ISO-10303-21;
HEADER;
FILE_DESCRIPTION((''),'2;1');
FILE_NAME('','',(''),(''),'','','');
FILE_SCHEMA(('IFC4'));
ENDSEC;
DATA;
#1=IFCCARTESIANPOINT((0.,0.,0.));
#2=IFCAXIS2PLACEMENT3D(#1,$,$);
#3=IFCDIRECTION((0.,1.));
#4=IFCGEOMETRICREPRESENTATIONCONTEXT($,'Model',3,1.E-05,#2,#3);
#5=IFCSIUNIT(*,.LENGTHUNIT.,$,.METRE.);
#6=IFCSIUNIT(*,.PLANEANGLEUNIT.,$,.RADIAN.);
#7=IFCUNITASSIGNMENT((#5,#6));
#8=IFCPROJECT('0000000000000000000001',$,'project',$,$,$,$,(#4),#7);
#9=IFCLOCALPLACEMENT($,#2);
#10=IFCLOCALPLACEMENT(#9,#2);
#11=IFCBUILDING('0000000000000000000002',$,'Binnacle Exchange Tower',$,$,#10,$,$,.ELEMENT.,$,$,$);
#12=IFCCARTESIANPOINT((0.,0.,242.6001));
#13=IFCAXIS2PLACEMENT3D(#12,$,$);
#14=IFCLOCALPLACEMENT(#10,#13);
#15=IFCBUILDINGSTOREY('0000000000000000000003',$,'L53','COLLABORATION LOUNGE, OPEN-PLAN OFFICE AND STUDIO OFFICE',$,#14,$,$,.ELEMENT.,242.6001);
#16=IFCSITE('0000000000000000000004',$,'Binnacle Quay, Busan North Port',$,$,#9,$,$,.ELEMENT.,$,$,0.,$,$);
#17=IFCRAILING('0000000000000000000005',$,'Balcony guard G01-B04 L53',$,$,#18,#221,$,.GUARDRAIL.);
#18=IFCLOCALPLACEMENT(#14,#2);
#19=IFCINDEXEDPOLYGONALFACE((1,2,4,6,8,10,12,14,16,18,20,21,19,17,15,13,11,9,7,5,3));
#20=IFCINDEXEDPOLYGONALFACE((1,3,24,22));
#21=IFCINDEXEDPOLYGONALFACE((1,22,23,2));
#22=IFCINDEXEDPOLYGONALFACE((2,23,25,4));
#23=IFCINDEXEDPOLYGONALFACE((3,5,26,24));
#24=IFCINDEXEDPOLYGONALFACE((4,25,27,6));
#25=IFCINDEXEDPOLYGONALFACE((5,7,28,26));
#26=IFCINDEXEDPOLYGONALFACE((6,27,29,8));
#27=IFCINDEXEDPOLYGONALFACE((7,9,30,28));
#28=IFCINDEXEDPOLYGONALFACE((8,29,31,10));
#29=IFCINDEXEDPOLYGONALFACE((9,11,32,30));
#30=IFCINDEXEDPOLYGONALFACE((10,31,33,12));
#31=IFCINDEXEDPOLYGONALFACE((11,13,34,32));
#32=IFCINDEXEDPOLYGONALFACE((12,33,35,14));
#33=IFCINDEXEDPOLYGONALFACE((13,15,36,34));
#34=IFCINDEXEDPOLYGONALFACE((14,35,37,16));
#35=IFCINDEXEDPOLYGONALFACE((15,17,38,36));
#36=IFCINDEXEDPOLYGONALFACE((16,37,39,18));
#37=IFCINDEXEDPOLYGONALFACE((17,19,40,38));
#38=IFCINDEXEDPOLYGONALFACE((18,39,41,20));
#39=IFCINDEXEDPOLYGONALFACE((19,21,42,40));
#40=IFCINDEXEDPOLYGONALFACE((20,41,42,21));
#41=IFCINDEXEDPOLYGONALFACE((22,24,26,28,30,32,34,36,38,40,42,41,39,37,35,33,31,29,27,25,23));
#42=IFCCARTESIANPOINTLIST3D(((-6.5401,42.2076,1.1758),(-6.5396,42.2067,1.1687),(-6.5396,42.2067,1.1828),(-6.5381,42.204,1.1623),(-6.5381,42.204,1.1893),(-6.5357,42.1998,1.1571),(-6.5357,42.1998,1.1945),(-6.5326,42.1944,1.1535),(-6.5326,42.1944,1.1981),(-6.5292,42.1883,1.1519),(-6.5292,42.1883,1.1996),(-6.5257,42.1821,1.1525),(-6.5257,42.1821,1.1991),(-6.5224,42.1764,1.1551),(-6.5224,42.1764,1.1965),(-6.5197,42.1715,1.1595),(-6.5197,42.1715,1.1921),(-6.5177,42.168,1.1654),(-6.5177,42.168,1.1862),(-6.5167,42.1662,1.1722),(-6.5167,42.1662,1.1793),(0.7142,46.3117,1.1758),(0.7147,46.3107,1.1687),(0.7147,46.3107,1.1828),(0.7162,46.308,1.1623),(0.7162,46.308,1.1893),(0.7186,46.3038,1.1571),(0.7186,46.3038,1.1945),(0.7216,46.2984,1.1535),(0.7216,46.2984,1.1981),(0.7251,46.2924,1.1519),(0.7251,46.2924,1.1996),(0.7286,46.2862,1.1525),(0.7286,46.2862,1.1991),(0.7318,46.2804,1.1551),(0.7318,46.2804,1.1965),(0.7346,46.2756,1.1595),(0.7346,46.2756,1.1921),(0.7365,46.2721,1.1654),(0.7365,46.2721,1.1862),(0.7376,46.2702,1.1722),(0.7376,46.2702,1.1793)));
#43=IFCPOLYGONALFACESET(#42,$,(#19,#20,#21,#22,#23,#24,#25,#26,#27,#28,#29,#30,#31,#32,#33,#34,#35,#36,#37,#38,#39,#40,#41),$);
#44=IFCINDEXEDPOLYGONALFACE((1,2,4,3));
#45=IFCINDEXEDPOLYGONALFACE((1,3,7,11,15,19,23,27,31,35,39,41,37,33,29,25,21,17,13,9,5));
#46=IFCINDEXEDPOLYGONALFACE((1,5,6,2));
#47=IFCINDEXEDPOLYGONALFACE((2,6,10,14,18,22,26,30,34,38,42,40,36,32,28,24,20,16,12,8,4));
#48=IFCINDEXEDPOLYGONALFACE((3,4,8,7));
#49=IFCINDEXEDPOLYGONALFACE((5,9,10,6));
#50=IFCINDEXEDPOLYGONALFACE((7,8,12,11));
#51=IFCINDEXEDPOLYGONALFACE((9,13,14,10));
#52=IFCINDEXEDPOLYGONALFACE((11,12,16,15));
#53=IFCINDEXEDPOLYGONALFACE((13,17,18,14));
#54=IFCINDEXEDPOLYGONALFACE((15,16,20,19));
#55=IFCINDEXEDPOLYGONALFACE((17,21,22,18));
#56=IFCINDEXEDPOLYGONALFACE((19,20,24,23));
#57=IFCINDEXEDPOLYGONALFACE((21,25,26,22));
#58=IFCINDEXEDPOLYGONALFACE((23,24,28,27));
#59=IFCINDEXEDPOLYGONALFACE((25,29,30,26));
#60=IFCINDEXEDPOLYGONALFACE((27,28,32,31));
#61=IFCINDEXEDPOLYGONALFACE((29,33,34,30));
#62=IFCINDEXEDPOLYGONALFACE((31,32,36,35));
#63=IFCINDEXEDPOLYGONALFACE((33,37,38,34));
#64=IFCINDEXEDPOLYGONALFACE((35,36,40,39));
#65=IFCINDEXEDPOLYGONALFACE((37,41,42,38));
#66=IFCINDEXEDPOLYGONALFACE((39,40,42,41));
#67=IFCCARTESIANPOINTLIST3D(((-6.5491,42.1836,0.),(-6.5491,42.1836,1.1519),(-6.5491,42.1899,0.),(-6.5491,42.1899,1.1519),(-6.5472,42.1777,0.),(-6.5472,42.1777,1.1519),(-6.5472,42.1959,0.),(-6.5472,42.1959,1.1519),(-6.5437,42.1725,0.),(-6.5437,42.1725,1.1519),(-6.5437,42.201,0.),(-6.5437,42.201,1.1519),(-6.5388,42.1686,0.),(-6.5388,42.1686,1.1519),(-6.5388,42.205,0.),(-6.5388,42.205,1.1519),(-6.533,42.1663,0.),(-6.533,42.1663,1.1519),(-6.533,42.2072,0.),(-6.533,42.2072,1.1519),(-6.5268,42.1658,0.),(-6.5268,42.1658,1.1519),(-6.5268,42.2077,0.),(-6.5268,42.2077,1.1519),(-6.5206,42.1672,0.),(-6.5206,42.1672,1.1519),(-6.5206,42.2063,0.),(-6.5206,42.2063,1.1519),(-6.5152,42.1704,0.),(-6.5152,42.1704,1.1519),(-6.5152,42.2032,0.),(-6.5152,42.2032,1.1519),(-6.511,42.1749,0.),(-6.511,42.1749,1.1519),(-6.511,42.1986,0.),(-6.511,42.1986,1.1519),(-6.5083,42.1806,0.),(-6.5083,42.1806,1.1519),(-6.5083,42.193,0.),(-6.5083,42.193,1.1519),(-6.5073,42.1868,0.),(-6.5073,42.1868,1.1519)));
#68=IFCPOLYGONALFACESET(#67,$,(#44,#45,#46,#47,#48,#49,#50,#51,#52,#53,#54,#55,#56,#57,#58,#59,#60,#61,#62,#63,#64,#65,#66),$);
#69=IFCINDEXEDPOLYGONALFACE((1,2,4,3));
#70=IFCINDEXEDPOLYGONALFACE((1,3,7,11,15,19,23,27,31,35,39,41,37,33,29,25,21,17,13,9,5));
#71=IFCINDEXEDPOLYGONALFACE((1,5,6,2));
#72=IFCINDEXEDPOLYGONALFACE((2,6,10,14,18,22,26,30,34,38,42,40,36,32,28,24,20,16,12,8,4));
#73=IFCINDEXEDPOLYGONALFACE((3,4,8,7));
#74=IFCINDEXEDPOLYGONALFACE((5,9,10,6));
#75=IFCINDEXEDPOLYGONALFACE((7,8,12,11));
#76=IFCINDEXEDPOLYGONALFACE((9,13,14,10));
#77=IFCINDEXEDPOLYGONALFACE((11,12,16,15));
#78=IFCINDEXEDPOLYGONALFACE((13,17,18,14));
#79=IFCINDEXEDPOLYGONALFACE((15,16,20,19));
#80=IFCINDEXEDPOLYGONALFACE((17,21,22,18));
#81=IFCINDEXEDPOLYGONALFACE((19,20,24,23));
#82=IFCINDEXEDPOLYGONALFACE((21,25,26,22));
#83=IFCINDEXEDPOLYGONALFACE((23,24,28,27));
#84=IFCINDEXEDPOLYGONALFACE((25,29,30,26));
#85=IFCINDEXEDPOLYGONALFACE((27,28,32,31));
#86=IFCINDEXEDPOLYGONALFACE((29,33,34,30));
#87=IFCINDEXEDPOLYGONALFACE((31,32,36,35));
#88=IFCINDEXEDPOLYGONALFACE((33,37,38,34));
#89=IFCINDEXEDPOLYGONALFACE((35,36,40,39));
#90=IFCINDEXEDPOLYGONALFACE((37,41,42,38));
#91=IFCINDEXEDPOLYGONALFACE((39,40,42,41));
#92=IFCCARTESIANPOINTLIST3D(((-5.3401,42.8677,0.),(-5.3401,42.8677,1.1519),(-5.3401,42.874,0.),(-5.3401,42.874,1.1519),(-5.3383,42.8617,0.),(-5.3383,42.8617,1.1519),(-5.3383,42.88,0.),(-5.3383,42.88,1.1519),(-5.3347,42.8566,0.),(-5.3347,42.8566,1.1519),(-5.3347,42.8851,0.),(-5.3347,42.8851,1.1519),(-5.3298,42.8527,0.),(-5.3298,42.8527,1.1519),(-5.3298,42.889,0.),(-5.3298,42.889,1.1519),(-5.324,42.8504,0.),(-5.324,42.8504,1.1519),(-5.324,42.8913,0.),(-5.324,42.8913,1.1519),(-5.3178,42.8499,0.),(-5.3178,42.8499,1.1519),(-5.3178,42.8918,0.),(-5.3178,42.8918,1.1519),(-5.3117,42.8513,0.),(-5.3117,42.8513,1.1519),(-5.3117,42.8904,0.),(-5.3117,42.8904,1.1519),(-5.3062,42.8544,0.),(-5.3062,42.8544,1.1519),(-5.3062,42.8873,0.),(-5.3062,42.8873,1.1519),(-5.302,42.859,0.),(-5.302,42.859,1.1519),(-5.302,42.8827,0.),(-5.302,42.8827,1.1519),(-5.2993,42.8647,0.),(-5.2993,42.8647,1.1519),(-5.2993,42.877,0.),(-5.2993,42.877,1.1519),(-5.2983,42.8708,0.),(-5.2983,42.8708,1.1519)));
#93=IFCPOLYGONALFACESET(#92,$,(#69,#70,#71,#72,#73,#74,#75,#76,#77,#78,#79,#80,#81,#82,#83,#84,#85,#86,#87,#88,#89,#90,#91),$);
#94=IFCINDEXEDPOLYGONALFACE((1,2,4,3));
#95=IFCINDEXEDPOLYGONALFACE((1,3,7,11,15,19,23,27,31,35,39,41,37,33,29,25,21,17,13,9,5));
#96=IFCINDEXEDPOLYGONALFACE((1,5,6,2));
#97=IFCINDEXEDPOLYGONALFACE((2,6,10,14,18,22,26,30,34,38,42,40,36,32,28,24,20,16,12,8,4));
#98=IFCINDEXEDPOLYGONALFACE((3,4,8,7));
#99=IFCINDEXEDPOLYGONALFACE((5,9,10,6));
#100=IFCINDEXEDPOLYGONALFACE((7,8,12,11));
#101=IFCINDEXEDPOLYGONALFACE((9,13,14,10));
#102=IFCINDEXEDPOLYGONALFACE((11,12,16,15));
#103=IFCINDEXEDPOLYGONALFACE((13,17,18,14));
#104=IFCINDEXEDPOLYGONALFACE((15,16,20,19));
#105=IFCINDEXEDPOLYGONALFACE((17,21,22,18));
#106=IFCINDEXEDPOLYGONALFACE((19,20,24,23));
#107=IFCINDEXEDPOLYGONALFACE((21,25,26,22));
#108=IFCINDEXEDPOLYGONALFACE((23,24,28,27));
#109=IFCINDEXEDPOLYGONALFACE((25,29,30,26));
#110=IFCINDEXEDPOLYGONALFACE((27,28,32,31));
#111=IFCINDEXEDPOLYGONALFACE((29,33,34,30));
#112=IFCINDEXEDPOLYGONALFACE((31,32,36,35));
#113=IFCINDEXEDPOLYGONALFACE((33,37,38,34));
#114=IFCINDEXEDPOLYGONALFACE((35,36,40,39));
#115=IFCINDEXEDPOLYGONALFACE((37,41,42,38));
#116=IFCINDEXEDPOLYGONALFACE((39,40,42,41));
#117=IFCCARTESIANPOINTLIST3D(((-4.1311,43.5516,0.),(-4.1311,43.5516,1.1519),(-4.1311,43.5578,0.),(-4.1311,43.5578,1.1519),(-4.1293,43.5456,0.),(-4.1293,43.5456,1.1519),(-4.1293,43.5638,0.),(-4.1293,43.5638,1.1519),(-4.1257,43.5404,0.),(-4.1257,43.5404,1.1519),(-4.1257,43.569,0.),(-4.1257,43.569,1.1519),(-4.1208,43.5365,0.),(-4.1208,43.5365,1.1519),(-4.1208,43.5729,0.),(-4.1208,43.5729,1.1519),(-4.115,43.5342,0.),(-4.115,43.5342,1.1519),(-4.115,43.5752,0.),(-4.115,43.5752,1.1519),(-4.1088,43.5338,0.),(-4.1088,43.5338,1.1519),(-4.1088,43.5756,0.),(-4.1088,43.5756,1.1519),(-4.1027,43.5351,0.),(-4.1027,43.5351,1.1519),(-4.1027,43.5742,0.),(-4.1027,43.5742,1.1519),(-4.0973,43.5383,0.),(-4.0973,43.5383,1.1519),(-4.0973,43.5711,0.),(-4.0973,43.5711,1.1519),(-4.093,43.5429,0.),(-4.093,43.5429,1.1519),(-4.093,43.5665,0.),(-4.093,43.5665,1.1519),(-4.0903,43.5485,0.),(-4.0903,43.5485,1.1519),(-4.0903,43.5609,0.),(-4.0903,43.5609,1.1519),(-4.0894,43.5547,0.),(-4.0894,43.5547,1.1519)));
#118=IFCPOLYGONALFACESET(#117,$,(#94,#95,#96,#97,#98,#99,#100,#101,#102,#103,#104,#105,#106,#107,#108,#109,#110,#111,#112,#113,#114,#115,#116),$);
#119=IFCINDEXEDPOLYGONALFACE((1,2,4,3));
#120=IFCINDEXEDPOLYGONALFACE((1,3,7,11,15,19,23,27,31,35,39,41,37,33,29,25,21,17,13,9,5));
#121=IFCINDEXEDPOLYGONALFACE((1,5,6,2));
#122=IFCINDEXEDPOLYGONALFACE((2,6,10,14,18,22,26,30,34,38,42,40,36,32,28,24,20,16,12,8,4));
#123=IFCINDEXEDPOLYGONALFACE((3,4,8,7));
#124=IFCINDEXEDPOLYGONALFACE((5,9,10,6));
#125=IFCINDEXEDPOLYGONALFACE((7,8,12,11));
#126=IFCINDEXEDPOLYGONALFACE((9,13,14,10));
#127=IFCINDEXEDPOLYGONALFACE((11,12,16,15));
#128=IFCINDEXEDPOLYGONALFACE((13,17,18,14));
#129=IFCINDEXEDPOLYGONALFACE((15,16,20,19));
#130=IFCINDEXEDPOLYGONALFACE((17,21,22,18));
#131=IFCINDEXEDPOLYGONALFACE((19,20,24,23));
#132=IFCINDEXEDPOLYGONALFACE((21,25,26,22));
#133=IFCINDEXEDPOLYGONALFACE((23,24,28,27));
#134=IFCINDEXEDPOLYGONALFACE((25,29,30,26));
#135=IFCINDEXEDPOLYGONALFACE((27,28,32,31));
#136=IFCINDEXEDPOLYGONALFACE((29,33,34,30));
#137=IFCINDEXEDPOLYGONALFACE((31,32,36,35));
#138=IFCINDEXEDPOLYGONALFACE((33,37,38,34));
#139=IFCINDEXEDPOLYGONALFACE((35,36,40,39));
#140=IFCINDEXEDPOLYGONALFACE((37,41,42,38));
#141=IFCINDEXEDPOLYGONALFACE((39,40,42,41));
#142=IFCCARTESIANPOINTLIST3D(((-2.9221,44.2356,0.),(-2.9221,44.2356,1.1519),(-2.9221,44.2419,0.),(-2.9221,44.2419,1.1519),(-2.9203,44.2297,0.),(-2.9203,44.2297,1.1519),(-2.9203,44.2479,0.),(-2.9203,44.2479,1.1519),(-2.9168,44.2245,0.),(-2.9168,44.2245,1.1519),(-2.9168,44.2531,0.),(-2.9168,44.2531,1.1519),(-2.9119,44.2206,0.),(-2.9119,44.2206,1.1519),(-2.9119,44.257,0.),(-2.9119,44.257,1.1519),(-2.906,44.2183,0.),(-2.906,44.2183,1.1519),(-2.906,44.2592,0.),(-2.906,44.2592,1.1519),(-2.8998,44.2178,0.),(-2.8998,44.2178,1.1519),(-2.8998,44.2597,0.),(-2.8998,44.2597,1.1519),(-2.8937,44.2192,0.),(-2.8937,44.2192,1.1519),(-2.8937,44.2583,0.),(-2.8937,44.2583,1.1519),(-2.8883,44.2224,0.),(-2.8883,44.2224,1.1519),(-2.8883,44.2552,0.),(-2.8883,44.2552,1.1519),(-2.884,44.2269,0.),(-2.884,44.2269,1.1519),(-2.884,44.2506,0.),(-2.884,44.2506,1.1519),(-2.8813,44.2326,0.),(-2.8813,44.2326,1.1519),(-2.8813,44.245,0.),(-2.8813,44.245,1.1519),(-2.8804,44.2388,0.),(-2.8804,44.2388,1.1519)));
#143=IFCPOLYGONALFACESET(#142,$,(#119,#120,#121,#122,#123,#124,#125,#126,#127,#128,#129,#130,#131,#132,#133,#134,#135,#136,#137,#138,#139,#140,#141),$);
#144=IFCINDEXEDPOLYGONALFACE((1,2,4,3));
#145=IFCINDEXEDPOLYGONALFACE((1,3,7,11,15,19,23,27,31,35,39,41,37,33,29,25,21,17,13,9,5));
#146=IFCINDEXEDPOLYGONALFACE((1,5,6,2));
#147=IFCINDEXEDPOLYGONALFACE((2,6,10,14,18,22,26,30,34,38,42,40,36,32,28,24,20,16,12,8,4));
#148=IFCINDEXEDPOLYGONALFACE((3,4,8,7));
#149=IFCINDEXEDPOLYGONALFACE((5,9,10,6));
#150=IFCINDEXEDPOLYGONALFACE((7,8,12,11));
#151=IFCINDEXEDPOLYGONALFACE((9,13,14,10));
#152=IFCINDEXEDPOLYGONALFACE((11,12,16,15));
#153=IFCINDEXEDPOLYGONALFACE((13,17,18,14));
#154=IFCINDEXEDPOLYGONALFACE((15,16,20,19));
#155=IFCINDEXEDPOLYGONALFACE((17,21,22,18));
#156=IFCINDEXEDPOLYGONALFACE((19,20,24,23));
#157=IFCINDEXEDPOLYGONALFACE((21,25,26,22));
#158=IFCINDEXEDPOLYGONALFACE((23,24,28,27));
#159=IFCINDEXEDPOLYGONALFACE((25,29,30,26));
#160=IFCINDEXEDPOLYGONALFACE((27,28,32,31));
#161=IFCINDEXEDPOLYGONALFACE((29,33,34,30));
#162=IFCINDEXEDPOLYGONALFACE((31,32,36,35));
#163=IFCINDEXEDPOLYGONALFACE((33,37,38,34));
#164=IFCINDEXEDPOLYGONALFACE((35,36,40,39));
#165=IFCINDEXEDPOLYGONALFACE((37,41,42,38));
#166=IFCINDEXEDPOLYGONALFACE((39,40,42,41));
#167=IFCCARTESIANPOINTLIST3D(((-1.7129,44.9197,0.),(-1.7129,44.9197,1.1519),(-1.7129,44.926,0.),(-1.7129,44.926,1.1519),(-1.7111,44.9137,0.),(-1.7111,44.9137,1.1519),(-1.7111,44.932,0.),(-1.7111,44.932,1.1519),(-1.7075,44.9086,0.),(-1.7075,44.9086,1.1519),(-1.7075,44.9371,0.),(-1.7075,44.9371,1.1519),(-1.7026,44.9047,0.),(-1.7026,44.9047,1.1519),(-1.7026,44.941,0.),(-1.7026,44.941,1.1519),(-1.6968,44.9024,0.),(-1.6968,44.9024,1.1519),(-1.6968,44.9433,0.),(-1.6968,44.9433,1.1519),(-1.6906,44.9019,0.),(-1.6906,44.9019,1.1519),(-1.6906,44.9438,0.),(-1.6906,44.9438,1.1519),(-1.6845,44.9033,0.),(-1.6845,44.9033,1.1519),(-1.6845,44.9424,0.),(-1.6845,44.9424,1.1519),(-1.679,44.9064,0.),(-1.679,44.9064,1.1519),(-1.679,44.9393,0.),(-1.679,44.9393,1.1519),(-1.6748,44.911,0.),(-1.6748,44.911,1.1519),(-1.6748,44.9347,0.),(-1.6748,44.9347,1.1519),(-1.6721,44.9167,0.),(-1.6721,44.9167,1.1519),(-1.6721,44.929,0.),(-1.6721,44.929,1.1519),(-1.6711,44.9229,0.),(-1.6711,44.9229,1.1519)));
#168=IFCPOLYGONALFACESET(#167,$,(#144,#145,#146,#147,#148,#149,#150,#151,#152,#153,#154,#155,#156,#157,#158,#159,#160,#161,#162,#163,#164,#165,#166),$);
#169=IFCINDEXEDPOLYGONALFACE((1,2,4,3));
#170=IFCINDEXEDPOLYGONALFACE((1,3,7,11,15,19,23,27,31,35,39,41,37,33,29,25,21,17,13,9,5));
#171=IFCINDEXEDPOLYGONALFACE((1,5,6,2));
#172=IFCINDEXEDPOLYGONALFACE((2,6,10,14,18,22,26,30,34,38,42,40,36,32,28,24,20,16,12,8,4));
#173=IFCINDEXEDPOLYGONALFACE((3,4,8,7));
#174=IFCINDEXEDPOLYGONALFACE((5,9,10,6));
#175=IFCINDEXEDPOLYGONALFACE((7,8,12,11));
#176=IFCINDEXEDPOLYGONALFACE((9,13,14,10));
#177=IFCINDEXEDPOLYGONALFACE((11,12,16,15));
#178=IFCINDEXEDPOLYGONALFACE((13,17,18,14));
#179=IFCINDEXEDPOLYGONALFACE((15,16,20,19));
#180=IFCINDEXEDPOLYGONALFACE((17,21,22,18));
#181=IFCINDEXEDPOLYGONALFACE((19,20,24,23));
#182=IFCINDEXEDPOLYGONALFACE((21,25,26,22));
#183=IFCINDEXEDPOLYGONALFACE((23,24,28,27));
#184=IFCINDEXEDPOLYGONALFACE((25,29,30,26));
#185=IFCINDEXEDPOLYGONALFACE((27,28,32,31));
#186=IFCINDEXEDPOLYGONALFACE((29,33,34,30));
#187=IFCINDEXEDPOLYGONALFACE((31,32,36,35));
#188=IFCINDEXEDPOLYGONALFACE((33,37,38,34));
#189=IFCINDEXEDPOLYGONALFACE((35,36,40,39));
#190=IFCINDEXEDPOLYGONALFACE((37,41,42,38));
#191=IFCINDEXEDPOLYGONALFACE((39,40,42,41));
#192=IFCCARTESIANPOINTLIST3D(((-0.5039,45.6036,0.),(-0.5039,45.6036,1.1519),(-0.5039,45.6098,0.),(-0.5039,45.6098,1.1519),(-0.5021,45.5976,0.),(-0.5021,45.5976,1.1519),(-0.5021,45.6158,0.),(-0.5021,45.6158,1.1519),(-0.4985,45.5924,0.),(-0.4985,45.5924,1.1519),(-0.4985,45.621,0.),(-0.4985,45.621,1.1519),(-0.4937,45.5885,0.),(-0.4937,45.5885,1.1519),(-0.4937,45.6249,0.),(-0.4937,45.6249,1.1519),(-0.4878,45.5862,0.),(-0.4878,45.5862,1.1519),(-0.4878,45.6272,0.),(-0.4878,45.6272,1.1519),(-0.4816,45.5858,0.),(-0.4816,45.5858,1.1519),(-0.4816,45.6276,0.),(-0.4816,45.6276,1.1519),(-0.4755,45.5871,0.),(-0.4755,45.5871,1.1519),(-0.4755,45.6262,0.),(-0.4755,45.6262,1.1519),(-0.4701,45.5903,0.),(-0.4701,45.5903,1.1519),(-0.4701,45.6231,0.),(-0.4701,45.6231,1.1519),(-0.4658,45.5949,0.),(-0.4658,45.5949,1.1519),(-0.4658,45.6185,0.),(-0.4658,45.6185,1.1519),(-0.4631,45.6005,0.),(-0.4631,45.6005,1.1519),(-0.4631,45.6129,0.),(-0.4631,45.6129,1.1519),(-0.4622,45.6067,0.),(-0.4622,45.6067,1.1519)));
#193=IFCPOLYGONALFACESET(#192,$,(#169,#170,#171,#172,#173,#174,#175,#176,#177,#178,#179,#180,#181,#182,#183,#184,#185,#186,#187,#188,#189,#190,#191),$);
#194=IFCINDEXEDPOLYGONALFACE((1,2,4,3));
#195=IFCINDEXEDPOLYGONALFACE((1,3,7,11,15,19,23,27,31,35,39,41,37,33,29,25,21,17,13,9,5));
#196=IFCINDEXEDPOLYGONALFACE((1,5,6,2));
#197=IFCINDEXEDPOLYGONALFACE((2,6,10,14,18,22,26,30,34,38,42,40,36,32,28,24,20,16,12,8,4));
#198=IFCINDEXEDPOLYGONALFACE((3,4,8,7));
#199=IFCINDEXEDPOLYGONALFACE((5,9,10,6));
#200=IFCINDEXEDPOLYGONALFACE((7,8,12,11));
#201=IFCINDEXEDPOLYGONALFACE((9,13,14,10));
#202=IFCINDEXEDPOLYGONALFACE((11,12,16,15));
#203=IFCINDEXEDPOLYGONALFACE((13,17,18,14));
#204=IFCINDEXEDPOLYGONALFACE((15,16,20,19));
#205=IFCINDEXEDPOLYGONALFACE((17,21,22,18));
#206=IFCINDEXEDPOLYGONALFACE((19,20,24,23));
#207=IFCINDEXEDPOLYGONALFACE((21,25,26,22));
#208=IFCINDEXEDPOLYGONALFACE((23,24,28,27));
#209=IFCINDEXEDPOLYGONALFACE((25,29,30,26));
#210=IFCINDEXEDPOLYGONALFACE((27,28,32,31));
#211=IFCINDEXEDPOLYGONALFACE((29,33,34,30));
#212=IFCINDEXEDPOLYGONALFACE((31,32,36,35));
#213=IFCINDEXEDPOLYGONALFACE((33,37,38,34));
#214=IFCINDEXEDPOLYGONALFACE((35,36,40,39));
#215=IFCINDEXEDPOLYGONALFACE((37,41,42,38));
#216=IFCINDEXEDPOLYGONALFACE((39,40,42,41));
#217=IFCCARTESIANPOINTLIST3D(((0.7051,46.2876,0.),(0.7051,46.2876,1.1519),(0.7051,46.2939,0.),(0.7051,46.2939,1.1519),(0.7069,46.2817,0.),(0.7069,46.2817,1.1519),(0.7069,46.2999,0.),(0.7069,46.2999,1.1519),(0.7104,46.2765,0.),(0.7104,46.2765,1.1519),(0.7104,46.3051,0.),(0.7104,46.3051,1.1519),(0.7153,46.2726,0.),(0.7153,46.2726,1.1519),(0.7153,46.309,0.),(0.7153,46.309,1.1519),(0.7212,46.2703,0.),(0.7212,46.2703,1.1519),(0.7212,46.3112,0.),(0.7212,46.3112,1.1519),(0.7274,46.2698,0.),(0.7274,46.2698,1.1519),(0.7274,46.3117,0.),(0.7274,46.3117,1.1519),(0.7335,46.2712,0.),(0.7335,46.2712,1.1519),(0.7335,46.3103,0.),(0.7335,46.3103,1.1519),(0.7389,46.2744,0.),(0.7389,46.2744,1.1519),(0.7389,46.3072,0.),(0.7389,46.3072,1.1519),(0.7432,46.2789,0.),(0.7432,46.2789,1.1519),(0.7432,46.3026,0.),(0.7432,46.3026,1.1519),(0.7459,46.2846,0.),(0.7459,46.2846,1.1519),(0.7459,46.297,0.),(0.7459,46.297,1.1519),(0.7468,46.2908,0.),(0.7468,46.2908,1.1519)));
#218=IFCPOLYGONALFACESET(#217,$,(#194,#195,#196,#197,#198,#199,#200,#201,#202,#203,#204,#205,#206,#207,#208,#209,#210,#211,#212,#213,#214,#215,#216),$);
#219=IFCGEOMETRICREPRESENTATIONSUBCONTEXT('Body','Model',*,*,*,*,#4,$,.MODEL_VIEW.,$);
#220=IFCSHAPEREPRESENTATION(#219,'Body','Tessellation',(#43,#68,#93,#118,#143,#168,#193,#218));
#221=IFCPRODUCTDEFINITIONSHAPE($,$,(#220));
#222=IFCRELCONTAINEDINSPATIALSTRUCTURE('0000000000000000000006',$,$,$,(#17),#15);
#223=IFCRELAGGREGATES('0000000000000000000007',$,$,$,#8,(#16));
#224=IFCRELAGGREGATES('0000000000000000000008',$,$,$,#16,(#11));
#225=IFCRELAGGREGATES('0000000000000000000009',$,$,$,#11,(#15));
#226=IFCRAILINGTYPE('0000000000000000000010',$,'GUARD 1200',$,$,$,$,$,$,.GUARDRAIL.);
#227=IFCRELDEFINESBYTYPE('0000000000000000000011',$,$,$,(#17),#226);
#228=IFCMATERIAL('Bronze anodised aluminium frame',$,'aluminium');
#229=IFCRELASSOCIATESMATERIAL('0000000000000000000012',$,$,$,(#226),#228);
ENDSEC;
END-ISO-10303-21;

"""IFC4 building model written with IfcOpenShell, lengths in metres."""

from ifc_helpers import new_model, si_unit, direction, frame, origin, origin_2d, place, context, subcontext, project, spatial, circle, extrude, material, type_object, element, save


model = new_model("IFC4")

# Units and contexts
model_context = context("Model", 3, precision=1e-05, world=origin(), true_north=direction((0.0, 1.0)))
body_context = subcontext(model_context, "Body", "Model", "MODEL_VIEW")
ifc_project = project(units=[si_unit("LENGTHUNIT", "METRE"), si_unit("PLANEANGLEUNIT", "RADIAN")], contexts=[model_context])

# Site, building, storey
site_placement = place(None, origin())
site = spatial("IfcSite", under=ifc_project, at=site_placement, Name="Binnacle Quay, Busan North Port", CompositionType="ELEMENT", RefElevation=0.0)
building_placement = place(site_placement, origin())
building = spatial("IfcBuilding", under=site, at=building_placement, Name="Binnacle Exchange Tower", CompositionType="ELEMENT")
storey_placement = place(building_placement, frame((0.0, 0.0, 242.6001)))
storey = spatial("IfcBuildingStorey", under=building, at=storey_placement, Name="L53", Description="COLLABORATION LOUNGE, OPEN-PLAN OFFICE AND STUDIO OFFICE", CompositionType="ELEMENT", Elevation=242.6001)

# Railing
ifc_material_1 = material(Name="Bronze anodised aluminium frame", Category="aluminium")
railing_type = type_object("IfcRailingType", Name="GUARD 1200", PredefinedType="GUARDRAIL", material=ifc_material_1)
railing_1_placement = place(storey_placement, frame((-6.5283, 42.1868, 0.0)))
element("IfcRailing", 1, at=railing_1_placement, inside=storey, type_object=railing_type, Name="Balcony guard G01-B04 L53", PredefinedType="GUARDRAIL", context=body_context, shape_type="SweptSolid", body=[
    extrude(circle(Radius=0.0239, at=origin_2d()), frame((0.0, 0.0, 1.1758), z_axis=(0.870366, 0.492406, 0.0), x_axis=(-0.492406, 0.870366, 0.0)), (0.0, 0.0, 1.0), 8.3347),
    extrude(circle(Radius=0.021, at=origin_2d()), origin(), (0.0, 0.0, 1.0), 1.1519),
    extrude(circle(Radius=0.021, at=origin_2d()), frame((1.209, 0.6841, 0.0)), (0.0, 0.0, 1.0), 1.1519),
    extrude(circle(Radius=0.021, at=origin_2d()), frame((2.418, 1.3679, 0.0)), (0.0, 0.0, 1.0), 1.1519),
    extrude(circle(Radius=0.021, at=origin_2d()), frame((3.627, 2.052, 0.0)), (0.0, 0.0, 1.0), 1.1519),
    extrude(circle(Radius=0.021, at=origin_2d()), frame((4.8362, 2.7361, 0.0)), (0.0, 0.0, 1.0), 1.1519),
    extrude(circle(Radius=0.021, at=origin_2d()), frame((6.0452, 3.4199, 0.0)), (0.0, 0.0, 1.0), 1.1519),
    extrude(circle(Radius=0.021, at=origin_2d()), frame((7.2542, 4.104, 0.0)), (0.0, 0.0, 1.0), 1.1519),
])

save(model, "model.ifc")
